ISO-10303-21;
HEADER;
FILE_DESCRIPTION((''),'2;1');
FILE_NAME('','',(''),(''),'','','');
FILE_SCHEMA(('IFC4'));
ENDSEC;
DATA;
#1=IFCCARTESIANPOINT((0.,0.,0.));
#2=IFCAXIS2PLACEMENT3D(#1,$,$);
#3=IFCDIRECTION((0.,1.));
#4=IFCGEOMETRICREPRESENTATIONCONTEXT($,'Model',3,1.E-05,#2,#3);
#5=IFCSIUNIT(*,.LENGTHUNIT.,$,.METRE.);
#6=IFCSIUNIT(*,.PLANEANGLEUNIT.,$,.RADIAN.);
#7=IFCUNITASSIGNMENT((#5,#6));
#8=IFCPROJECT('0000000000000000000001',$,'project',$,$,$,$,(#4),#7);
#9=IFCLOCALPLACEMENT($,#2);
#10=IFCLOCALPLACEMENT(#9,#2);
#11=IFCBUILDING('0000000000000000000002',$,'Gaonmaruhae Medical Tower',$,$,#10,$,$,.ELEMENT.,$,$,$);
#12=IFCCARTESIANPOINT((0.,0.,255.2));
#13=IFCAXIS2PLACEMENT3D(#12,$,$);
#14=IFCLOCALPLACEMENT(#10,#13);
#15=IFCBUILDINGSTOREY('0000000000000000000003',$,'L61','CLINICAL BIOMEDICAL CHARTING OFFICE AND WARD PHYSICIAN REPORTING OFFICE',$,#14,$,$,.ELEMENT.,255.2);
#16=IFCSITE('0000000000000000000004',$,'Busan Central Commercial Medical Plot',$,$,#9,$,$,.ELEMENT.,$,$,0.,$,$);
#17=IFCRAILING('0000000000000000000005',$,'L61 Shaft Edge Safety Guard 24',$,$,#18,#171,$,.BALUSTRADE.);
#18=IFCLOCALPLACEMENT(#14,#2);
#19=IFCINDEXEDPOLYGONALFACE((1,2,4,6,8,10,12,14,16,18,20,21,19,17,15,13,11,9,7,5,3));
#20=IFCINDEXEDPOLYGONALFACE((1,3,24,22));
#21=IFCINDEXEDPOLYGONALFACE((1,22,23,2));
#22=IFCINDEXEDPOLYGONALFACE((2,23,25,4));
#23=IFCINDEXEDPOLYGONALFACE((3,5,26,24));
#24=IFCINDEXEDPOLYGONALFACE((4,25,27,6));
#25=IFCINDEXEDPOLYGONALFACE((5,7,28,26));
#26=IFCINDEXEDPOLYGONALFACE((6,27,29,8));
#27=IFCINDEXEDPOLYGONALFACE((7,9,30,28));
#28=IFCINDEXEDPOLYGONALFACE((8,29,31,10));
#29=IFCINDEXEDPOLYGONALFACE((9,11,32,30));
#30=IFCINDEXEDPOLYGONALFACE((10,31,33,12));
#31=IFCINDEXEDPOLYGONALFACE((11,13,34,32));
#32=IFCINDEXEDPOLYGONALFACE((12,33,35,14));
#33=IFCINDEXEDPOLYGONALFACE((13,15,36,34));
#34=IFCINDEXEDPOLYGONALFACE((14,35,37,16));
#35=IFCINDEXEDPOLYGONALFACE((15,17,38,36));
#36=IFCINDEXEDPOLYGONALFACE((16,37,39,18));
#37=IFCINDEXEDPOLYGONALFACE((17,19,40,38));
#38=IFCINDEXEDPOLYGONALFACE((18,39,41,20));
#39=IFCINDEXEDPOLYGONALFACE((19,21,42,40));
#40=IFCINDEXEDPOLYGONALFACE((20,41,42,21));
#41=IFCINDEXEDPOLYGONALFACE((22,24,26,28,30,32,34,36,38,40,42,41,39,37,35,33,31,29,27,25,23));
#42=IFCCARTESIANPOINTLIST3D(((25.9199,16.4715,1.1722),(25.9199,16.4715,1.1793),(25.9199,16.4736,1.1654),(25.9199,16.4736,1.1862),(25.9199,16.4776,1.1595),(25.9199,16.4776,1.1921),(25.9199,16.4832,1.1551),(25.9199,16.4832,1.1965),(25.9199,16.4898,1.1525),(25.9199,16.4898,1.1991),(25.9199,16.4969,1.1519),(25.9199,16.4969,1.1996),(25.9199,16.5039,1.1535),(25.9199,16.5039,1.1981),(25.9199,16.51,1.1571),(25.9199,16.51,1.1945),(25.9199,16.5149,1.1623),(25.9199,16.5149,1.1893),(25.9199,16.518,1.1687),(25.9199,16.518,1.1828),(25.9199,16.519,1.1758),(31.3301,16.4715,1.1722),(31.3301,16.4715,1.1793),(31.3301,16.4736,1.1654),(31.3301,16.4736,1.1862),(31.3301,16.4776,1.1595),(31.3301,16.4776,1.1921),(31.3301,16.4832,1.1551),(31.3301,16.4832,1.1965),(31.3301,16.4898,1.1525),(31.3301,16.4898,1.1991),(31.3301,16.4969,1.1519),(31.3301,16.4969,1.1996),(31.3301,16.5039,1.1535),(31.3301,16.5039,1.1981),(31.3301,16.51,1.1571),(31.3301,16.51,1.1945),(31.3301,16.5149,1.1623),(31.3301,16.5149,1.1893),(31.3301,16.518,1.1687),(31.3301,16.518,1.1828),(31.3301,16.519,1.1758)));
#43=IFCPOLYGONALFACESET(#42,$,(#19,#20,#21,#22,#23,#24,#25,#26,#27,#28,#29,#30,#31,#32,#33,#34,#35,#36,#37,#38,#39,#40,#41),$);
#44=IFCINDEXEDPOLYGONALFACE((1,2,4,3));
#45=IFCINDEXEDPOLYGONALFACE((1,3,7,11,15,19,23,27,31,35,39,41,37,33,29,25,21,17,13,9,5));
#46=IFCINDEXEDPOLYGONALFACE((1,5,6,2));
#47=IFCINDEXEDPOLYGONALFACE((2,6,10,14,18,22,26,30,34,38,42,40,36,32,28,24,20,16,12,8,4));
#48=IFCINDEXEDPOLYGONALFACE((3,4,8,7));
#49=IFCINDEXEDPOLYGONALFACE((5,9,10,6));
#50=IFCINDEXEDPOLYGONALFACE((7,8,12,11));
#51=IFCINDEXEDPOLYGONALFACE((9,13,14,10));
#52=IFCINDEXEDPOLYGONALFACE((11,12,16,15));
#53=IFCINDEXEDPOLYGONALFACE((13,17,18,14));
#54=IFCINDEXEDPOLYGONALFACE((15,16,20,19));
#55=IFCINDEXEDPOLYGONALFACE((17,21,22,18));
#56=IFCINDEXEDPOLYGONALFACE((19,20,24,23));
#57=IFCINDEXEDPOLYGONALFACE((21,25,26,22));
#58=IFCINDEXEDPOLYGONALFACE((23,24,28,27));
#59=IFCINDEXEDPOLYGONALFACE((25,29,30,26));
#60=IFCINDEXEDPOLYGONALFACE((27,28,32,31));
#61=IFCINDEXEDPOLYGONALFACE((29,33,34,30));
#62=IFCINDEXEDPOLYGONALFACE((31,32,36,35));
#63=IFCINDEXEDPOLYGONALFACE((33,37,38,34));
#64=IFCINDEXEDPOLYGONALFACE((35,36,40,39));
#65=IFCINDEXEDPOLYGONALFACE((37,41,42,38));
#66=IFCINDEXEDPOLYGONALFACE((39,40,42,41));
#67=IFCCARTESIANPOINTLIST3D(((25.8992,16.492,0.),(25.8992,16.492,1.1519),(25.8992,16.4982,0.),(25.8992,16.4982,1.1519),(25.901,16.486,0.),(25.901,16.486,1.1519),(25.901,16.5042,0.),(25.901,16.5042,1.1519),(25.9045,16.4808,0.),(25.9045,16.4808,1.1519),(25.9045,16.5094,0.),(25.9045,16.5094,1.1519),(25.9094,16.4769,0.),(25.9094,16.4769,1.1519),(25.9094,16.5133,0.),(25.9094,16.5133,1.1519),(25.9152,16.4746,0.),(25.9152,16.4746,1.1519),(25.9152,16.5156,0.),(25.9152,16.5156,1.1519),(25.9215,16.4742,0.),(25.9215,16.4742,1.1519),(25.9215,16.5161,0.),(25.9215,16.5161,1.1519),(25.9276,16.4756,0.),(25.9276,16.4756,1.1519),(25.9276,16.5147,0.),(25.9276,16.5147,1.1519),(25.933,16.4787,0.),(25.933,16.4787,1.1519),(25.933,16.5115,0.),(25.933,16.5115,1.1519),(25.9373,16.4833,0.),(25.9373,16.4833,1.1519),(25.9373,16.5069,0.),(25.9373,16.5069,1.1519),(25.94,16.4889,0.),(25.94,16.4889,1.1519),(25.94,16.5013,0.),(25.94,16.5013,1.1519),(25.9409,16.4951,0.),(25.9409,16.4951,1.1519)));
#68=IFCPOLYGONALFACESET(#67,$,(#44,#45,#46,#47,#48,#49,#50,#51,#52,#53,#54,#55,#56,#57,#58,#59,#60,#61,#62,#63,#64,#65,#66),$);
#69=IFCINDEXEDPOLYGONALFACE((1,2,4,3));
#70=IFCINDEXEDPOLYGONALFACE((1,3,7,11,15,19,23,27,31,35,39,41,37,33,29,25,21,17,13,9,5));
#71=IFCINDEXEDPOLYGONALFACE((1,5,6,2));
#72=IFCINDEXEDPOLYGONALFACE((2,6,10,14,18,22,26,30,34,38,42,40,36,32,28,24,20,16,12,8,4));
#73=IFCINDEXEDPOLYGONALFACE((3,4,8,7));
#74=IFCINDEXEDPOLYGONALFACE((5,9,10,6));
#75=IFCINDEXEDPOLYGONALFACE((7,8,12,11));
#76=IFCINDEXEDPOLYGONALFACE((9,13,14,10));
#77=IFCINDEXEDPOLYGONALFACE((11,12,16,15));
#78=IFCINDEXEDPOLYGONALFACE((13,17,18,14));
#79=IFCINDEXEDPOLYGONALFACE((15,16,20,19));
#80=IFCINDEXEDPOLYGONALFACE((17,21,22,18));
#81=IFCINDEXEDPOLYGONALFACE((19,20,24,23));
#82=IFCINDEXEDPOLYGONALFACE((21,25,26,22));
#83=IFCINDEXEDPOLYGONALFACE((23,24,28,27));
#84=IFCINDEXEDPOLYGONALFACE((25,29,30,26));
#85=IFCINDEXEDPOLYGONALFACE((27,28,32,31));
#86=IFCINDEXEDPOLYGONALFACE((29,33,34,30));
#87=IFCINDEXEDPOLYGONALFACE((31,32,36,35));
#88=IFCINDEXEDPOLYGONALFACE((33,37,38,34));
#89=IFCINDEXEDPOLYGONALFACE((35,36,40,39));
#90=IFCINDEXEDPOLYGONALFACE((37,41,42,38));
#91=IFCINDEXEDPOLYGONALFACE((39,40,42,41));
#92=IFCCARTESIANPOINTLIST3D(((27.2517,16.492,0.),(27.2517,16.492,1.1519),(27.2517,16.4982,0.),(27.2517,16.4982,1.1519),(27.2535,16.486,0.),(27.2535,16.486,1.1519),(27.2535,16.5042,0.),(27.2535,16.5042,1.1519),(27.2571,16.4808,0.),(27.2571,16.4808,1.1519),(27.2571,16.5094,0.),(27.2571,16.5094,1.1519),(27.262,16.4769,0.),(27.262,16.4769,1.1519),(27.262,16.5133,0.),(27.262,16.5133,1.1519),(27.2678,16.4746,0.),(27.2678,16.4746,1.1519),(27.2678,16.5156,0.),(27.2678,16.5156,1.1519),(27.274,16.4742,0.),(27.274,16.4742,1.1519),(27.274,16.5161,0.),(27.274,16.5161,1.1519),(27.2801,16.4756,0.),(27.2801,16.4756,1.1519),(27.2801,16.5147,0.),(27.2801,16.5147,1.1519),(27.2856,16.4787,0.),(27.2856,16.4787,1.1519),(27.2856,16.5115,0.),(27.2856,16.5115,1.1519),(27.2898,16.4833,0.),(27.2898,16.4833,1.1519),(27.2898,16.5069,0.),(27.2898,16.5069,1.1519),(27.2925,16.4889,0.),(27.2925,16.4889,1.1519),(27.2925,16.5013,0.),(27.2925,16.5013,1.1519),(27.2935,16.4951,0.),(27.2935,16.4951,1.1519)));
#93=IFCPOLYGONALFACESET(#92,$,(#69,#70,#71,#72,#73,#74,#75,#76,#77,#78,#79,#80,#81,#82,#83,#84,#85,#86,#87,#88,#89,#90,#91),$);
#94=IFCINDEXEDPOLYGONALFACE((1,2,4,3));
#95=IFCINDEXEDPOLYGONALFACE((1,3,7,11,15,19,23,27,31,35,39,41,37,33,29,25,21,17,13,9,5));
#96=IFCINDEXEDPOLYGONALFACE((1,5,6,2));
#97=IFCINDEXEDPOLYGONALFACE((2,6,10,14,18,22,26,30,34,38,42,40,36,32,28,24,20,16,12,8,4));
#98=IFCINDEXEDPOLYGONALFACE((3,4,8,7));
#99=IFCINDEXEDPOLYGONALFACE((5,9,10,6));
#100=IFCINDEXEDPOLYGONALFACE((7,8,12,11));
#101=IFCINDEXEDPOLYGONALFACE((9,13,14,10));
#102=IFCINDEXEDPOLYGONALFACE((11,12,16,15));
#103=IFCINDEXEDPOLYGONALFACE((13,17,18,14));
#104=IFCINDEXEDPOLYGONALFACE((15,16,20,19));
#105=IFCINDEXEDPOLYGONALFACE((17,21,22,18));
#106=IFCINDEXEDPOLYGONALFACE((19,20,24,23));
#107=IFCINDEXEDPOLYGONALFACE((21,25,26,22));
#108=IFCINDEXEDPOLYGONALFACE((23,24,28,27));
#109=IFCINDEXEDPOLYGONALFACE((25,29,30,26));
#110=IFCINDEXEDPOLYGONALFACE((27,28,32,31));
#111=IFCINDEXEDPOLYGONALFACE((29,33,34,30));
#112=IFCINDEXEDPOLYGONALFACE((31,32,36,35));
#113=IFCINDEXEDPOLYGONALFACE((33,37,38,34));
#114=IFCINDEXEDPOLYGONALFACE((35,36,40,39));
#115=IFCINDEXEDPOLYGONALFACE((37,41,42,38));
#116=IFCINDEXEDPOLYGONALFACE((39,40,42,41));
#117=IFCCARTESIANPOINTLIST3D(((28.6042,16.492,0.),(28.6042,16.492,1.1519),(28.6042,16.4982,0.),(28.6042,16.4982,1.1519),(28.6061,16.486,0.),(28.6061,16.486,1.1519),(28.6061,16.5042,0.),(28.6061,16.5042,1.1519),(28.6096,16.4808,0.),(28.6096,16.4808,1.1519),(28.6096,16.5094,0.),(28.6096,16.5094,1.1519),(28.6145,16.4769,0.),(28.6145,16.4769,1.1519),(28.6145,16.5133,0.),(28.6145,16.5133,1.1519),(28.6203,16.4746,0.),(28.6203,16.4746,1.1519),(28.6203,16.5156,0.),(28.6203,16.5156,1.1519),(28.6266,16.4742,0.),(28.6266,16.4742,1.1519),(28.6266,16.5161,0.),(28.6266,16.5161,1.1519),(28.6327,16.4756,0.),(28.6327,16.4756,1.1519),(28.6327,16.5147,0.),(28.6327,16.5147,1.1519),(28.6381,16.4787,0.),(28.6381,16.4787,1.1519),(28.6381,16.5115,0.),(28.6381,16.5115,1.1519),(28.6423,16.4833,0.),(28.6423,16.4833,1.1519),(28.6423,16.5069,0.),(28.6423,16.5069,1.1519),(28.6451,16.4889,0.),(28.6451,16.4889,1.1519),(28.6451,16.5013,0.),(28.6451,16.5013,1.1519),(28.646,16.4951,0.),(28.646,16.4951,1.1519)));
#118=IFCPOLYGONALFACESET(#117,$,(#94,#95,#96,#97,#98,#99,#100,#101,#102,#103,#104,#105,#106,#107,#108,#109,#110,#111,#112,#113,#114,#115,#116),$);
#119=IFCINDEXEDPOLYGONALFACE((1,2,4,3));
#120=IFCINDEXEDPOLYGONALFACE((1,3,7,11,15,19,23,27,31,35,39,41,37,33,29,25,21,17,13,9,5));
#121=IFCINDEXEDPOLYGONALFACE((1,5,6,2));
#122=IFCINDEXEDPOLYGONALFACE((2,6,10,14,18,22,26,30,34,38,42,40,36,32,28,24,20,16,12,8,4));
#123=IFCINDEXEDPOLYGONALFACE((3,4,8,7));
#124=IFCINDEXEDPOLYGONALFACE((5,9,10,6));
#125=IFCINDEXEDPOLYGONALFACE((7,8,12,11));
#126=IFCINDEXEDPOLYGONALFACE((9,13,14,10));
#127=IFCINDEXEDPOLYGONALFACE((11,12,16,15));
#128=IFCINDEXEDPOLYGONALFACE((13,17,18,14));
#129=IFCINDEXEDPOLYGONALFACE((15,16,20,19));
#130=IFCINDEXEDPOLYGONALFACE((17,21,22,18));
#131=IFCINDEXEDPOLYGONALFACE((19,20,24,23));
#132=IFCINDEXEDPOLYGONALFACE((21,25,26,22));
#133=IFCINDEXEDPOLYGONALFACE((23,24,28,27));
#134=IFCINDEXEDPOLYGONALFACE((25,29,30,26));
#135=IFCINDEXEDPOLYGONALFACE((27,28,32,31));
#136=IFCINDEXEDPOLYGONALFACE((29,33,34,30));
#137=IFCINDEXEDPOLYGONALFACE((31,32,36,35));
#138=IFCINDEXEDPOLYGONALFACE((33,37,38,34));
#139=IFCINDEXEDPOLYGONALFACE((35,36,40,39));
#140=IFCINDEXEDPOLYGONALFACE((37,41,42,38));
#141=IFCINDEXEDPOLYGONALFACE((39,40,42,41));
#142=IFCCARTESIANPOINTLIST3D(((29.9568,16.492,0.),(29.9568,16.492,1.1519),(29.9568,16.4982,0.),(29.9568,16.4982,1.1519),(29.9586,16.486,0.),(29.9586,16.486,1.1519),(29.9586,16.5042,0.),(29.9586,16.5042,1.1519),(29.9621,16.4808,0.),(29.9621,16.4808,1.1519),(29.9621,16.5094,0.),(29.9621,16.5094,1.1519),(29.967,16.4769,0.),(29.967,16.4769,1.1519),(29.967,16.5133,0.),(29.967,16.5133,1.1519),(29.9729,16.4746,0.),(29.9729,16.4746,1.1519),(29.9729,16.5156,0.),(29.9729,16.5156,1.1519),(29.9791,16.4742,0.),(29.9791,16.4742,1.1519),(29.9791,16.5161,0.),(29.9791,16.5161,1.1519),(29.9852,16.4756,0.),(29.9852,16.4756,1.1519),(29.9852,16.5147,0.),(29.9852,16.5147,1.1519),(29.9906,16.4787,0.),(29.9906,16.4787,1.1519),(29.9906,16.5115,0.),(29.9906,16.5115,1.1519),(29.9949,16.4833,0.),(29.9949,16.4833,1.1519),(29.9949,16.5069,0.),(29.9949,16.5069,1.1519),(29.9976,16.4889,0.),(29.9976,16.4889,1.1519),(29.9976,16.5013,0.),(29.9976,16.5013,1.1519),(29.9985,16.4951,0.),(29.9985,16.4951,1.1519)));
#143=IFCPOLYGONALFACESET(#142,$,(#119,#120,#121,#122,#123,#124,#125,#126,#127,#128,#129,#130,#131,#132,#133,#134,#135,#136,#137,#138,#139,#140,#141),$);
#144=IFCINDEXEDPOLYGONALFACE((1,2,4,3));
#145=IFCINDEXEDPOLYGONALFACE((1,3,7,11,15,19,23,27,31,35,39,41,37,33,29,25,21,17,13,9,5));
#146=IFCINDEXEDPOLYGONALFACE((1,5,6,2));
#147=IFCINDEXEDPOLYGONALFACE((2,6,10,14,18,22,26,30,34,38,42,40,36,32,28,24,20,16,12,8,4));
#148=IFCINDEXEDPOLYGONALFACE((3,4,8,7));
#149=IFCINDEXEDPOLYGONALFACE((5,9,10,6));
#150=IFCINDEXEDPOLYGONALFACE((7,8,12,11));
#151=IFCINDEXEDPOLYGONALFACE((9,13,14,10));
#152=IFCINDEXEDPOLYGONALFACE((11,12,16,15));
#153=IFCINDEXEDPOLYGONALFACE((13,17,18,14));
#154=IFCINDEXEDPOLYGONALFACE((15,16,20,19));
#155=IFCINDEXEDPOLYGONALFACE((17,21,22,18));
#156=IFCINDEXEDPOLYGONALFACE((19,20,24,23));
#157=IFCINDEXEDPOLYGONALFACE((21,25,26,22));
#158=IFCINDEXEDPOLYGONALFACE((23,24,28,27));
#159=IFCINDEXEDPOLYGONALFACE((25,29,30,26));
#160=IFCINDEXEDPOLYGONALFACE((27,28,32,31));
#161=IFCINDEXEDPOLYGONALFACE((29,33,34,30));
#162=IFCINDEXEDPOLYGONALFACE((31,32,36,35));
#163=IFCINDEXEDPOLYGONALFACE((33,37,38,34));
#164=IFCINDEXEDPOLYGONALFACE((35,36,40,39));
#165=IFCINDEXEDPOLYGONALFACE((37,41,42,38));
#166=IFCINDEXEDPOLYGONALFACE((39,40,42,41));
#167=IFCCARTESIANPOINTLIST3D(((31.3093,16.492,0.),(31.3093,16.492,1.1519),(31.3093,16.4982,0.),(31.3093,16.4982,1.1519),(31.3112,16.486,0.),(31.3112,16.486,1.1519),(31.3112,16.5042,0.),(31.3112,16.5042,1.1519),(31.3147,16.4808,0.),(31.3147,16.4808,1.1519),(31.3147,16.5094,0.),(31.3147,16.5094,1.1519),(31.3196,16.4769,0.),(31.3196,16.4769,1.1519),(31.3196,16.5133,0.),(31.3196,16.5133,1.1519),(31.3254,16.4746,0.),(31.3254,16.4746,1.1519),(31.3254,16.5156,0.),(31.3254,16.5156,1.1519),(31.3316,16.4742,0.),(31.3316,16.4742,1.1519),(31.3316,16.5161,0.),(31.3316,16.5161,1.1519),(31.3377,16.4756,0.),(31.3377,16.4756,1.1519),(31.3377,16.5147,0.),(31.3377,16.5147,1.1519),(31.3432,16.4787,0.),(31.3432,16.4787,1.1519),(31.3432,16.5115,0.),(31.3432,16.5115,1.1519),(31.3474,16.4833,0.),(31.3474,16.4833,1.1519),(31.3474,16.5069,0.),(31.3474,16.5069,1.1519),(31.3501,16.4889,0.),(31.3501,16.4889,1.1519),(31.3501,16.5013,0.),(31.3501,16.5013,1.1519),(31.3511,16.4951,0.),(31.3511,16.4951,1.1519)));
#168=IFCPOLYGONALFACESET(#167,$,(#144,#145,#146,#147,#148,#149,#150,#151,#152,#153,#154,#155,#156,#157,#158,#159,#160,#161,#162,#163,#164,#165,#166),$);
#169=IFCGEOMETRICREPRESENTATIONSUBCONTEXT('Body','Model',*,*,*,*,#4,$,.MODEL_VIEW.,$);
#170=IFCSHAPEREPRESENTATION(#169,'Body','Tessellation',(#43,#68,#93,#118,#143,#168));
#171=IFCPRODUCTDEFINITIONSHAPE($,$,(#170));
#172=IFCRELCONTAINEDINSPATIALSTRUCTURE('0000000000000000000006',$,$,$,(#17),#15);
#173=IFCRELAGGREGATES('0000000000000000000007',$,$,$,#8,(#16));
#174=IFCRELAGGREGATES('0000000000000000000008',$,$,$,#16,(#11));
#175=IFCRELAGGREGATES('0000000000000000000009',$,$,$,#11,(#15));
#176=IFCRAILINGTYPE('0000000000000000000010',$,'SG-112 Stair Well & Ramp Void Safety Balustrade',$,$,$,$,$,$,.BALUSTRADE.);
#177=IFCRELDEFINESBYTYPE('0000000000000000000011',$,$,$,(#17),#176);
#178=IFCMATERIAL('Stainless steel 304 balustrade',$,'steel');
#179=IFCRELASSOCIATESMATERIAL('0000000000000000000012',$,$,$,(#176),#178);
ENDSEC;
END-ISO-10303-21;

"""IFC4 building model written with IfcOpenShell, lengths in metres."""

from ifc_helpers import new_model, si_unit, direction, frame, origin, origin_2d, place, context, subcontext, project, spatial, circle, extrude, material, type_object, element, save


model = new_model("IFC4")

# Units and contexts
model_context = context("Model", 3, precision=1e-05, world=origin(), true_north=direction((0.0, 1.0)))
body_context = subcontext(model_context, "Body", "Model", "MODEL_VIEW")
ifc_project = project(units=[si_unit("LENGTHUNIT", "METRE"), si_unit("PLANEANGLEUNIT", "RADIAN")], contexts=[model_context])

# Site, building, storey
site_placement = place(None, origin())
site = spatial("IfcSite", under=ifc_project, at=site_placement, Name="Busan Central Commercial Medical Plot", CompositionType="ELEMENT", RefElevation=0.0)
building_placement = place(site_placement, origin())
building = spatial("IfcBuilding", under=site, at=building_placement, Name="Gaonmaruhae Medical Tower", CompositionType="ELEMENT")
storey_placement = place(building_placement, frame((0.0, 0.0, 255.2)))
storey = spatial("IfcBuildingStorey", under=building, at=storey_placement, Name="L61", Description="CLINICAL BIOMEDICAL CHARTING OFFICE AND WARD PHYSICIAN REPORTING OFFICE", CompositionType="ELEMENT", Elevation=255.2)

# Railing
ifc_material_1 = material(Name="Stainless steel 304 balustrade", Category="steel")
railing_type = type_object("IfcRailingType", Name="SG-112 Stair Well & Ramp Void Safety Balustrade", PredefinedType="BALUSTRADE", material=ifc_material_1)
railing_1_placement = place(storey_placement, frame((25.9199, 16.4951, 0.0)))
element("IfcRailing", 1, at=railing_1_placement, inside=storey, type_object=railing_type, Name="L61 Shaft Edge Safety Guard 24", PredefinedType="BALUSTRADE", context=body_context, shape_type="SweptSolid", body=[
    extrude(circle(Radius=0.0239, at=origin_2d()), frame((0.0, 0.0, 1.1758), z_axis=(1.0, 0.0, 0.0), x_axis=(0.0, 1.0, 0.0)), (0.0, 0.0, 1.0), 5.4102),
    extrude(circle(Radius=0.021, at=origin_2d()), origin(), (0.0, 0.0, 1.0), 1.1519),
    extrude(circle(Radius=0.021, at=origin_2d()), frame((1.3525, 0.0, 0.0)), (0.0, 0.0, 1.0), 1.1519),
    extrude(circle(Radius=0.021, at=origin_2d()), frame((2.7051, 0.0, 0.0)), (0.0, 0.0, 1.0), 1.1519),
    extrude(circle(Radius=0.021, at=origin_2d()), frame((4.0576, 0.0, 0.0)), (0.0, 0.0, 1.0), 1.1519),
    extrude(circle(Radius=0.021, at=origin_2d()), frame((5.4102, 0.0, 0.0)), (0.0, 0.0, 1.0), 1.1519),
])

save(model, "model.ifc")
